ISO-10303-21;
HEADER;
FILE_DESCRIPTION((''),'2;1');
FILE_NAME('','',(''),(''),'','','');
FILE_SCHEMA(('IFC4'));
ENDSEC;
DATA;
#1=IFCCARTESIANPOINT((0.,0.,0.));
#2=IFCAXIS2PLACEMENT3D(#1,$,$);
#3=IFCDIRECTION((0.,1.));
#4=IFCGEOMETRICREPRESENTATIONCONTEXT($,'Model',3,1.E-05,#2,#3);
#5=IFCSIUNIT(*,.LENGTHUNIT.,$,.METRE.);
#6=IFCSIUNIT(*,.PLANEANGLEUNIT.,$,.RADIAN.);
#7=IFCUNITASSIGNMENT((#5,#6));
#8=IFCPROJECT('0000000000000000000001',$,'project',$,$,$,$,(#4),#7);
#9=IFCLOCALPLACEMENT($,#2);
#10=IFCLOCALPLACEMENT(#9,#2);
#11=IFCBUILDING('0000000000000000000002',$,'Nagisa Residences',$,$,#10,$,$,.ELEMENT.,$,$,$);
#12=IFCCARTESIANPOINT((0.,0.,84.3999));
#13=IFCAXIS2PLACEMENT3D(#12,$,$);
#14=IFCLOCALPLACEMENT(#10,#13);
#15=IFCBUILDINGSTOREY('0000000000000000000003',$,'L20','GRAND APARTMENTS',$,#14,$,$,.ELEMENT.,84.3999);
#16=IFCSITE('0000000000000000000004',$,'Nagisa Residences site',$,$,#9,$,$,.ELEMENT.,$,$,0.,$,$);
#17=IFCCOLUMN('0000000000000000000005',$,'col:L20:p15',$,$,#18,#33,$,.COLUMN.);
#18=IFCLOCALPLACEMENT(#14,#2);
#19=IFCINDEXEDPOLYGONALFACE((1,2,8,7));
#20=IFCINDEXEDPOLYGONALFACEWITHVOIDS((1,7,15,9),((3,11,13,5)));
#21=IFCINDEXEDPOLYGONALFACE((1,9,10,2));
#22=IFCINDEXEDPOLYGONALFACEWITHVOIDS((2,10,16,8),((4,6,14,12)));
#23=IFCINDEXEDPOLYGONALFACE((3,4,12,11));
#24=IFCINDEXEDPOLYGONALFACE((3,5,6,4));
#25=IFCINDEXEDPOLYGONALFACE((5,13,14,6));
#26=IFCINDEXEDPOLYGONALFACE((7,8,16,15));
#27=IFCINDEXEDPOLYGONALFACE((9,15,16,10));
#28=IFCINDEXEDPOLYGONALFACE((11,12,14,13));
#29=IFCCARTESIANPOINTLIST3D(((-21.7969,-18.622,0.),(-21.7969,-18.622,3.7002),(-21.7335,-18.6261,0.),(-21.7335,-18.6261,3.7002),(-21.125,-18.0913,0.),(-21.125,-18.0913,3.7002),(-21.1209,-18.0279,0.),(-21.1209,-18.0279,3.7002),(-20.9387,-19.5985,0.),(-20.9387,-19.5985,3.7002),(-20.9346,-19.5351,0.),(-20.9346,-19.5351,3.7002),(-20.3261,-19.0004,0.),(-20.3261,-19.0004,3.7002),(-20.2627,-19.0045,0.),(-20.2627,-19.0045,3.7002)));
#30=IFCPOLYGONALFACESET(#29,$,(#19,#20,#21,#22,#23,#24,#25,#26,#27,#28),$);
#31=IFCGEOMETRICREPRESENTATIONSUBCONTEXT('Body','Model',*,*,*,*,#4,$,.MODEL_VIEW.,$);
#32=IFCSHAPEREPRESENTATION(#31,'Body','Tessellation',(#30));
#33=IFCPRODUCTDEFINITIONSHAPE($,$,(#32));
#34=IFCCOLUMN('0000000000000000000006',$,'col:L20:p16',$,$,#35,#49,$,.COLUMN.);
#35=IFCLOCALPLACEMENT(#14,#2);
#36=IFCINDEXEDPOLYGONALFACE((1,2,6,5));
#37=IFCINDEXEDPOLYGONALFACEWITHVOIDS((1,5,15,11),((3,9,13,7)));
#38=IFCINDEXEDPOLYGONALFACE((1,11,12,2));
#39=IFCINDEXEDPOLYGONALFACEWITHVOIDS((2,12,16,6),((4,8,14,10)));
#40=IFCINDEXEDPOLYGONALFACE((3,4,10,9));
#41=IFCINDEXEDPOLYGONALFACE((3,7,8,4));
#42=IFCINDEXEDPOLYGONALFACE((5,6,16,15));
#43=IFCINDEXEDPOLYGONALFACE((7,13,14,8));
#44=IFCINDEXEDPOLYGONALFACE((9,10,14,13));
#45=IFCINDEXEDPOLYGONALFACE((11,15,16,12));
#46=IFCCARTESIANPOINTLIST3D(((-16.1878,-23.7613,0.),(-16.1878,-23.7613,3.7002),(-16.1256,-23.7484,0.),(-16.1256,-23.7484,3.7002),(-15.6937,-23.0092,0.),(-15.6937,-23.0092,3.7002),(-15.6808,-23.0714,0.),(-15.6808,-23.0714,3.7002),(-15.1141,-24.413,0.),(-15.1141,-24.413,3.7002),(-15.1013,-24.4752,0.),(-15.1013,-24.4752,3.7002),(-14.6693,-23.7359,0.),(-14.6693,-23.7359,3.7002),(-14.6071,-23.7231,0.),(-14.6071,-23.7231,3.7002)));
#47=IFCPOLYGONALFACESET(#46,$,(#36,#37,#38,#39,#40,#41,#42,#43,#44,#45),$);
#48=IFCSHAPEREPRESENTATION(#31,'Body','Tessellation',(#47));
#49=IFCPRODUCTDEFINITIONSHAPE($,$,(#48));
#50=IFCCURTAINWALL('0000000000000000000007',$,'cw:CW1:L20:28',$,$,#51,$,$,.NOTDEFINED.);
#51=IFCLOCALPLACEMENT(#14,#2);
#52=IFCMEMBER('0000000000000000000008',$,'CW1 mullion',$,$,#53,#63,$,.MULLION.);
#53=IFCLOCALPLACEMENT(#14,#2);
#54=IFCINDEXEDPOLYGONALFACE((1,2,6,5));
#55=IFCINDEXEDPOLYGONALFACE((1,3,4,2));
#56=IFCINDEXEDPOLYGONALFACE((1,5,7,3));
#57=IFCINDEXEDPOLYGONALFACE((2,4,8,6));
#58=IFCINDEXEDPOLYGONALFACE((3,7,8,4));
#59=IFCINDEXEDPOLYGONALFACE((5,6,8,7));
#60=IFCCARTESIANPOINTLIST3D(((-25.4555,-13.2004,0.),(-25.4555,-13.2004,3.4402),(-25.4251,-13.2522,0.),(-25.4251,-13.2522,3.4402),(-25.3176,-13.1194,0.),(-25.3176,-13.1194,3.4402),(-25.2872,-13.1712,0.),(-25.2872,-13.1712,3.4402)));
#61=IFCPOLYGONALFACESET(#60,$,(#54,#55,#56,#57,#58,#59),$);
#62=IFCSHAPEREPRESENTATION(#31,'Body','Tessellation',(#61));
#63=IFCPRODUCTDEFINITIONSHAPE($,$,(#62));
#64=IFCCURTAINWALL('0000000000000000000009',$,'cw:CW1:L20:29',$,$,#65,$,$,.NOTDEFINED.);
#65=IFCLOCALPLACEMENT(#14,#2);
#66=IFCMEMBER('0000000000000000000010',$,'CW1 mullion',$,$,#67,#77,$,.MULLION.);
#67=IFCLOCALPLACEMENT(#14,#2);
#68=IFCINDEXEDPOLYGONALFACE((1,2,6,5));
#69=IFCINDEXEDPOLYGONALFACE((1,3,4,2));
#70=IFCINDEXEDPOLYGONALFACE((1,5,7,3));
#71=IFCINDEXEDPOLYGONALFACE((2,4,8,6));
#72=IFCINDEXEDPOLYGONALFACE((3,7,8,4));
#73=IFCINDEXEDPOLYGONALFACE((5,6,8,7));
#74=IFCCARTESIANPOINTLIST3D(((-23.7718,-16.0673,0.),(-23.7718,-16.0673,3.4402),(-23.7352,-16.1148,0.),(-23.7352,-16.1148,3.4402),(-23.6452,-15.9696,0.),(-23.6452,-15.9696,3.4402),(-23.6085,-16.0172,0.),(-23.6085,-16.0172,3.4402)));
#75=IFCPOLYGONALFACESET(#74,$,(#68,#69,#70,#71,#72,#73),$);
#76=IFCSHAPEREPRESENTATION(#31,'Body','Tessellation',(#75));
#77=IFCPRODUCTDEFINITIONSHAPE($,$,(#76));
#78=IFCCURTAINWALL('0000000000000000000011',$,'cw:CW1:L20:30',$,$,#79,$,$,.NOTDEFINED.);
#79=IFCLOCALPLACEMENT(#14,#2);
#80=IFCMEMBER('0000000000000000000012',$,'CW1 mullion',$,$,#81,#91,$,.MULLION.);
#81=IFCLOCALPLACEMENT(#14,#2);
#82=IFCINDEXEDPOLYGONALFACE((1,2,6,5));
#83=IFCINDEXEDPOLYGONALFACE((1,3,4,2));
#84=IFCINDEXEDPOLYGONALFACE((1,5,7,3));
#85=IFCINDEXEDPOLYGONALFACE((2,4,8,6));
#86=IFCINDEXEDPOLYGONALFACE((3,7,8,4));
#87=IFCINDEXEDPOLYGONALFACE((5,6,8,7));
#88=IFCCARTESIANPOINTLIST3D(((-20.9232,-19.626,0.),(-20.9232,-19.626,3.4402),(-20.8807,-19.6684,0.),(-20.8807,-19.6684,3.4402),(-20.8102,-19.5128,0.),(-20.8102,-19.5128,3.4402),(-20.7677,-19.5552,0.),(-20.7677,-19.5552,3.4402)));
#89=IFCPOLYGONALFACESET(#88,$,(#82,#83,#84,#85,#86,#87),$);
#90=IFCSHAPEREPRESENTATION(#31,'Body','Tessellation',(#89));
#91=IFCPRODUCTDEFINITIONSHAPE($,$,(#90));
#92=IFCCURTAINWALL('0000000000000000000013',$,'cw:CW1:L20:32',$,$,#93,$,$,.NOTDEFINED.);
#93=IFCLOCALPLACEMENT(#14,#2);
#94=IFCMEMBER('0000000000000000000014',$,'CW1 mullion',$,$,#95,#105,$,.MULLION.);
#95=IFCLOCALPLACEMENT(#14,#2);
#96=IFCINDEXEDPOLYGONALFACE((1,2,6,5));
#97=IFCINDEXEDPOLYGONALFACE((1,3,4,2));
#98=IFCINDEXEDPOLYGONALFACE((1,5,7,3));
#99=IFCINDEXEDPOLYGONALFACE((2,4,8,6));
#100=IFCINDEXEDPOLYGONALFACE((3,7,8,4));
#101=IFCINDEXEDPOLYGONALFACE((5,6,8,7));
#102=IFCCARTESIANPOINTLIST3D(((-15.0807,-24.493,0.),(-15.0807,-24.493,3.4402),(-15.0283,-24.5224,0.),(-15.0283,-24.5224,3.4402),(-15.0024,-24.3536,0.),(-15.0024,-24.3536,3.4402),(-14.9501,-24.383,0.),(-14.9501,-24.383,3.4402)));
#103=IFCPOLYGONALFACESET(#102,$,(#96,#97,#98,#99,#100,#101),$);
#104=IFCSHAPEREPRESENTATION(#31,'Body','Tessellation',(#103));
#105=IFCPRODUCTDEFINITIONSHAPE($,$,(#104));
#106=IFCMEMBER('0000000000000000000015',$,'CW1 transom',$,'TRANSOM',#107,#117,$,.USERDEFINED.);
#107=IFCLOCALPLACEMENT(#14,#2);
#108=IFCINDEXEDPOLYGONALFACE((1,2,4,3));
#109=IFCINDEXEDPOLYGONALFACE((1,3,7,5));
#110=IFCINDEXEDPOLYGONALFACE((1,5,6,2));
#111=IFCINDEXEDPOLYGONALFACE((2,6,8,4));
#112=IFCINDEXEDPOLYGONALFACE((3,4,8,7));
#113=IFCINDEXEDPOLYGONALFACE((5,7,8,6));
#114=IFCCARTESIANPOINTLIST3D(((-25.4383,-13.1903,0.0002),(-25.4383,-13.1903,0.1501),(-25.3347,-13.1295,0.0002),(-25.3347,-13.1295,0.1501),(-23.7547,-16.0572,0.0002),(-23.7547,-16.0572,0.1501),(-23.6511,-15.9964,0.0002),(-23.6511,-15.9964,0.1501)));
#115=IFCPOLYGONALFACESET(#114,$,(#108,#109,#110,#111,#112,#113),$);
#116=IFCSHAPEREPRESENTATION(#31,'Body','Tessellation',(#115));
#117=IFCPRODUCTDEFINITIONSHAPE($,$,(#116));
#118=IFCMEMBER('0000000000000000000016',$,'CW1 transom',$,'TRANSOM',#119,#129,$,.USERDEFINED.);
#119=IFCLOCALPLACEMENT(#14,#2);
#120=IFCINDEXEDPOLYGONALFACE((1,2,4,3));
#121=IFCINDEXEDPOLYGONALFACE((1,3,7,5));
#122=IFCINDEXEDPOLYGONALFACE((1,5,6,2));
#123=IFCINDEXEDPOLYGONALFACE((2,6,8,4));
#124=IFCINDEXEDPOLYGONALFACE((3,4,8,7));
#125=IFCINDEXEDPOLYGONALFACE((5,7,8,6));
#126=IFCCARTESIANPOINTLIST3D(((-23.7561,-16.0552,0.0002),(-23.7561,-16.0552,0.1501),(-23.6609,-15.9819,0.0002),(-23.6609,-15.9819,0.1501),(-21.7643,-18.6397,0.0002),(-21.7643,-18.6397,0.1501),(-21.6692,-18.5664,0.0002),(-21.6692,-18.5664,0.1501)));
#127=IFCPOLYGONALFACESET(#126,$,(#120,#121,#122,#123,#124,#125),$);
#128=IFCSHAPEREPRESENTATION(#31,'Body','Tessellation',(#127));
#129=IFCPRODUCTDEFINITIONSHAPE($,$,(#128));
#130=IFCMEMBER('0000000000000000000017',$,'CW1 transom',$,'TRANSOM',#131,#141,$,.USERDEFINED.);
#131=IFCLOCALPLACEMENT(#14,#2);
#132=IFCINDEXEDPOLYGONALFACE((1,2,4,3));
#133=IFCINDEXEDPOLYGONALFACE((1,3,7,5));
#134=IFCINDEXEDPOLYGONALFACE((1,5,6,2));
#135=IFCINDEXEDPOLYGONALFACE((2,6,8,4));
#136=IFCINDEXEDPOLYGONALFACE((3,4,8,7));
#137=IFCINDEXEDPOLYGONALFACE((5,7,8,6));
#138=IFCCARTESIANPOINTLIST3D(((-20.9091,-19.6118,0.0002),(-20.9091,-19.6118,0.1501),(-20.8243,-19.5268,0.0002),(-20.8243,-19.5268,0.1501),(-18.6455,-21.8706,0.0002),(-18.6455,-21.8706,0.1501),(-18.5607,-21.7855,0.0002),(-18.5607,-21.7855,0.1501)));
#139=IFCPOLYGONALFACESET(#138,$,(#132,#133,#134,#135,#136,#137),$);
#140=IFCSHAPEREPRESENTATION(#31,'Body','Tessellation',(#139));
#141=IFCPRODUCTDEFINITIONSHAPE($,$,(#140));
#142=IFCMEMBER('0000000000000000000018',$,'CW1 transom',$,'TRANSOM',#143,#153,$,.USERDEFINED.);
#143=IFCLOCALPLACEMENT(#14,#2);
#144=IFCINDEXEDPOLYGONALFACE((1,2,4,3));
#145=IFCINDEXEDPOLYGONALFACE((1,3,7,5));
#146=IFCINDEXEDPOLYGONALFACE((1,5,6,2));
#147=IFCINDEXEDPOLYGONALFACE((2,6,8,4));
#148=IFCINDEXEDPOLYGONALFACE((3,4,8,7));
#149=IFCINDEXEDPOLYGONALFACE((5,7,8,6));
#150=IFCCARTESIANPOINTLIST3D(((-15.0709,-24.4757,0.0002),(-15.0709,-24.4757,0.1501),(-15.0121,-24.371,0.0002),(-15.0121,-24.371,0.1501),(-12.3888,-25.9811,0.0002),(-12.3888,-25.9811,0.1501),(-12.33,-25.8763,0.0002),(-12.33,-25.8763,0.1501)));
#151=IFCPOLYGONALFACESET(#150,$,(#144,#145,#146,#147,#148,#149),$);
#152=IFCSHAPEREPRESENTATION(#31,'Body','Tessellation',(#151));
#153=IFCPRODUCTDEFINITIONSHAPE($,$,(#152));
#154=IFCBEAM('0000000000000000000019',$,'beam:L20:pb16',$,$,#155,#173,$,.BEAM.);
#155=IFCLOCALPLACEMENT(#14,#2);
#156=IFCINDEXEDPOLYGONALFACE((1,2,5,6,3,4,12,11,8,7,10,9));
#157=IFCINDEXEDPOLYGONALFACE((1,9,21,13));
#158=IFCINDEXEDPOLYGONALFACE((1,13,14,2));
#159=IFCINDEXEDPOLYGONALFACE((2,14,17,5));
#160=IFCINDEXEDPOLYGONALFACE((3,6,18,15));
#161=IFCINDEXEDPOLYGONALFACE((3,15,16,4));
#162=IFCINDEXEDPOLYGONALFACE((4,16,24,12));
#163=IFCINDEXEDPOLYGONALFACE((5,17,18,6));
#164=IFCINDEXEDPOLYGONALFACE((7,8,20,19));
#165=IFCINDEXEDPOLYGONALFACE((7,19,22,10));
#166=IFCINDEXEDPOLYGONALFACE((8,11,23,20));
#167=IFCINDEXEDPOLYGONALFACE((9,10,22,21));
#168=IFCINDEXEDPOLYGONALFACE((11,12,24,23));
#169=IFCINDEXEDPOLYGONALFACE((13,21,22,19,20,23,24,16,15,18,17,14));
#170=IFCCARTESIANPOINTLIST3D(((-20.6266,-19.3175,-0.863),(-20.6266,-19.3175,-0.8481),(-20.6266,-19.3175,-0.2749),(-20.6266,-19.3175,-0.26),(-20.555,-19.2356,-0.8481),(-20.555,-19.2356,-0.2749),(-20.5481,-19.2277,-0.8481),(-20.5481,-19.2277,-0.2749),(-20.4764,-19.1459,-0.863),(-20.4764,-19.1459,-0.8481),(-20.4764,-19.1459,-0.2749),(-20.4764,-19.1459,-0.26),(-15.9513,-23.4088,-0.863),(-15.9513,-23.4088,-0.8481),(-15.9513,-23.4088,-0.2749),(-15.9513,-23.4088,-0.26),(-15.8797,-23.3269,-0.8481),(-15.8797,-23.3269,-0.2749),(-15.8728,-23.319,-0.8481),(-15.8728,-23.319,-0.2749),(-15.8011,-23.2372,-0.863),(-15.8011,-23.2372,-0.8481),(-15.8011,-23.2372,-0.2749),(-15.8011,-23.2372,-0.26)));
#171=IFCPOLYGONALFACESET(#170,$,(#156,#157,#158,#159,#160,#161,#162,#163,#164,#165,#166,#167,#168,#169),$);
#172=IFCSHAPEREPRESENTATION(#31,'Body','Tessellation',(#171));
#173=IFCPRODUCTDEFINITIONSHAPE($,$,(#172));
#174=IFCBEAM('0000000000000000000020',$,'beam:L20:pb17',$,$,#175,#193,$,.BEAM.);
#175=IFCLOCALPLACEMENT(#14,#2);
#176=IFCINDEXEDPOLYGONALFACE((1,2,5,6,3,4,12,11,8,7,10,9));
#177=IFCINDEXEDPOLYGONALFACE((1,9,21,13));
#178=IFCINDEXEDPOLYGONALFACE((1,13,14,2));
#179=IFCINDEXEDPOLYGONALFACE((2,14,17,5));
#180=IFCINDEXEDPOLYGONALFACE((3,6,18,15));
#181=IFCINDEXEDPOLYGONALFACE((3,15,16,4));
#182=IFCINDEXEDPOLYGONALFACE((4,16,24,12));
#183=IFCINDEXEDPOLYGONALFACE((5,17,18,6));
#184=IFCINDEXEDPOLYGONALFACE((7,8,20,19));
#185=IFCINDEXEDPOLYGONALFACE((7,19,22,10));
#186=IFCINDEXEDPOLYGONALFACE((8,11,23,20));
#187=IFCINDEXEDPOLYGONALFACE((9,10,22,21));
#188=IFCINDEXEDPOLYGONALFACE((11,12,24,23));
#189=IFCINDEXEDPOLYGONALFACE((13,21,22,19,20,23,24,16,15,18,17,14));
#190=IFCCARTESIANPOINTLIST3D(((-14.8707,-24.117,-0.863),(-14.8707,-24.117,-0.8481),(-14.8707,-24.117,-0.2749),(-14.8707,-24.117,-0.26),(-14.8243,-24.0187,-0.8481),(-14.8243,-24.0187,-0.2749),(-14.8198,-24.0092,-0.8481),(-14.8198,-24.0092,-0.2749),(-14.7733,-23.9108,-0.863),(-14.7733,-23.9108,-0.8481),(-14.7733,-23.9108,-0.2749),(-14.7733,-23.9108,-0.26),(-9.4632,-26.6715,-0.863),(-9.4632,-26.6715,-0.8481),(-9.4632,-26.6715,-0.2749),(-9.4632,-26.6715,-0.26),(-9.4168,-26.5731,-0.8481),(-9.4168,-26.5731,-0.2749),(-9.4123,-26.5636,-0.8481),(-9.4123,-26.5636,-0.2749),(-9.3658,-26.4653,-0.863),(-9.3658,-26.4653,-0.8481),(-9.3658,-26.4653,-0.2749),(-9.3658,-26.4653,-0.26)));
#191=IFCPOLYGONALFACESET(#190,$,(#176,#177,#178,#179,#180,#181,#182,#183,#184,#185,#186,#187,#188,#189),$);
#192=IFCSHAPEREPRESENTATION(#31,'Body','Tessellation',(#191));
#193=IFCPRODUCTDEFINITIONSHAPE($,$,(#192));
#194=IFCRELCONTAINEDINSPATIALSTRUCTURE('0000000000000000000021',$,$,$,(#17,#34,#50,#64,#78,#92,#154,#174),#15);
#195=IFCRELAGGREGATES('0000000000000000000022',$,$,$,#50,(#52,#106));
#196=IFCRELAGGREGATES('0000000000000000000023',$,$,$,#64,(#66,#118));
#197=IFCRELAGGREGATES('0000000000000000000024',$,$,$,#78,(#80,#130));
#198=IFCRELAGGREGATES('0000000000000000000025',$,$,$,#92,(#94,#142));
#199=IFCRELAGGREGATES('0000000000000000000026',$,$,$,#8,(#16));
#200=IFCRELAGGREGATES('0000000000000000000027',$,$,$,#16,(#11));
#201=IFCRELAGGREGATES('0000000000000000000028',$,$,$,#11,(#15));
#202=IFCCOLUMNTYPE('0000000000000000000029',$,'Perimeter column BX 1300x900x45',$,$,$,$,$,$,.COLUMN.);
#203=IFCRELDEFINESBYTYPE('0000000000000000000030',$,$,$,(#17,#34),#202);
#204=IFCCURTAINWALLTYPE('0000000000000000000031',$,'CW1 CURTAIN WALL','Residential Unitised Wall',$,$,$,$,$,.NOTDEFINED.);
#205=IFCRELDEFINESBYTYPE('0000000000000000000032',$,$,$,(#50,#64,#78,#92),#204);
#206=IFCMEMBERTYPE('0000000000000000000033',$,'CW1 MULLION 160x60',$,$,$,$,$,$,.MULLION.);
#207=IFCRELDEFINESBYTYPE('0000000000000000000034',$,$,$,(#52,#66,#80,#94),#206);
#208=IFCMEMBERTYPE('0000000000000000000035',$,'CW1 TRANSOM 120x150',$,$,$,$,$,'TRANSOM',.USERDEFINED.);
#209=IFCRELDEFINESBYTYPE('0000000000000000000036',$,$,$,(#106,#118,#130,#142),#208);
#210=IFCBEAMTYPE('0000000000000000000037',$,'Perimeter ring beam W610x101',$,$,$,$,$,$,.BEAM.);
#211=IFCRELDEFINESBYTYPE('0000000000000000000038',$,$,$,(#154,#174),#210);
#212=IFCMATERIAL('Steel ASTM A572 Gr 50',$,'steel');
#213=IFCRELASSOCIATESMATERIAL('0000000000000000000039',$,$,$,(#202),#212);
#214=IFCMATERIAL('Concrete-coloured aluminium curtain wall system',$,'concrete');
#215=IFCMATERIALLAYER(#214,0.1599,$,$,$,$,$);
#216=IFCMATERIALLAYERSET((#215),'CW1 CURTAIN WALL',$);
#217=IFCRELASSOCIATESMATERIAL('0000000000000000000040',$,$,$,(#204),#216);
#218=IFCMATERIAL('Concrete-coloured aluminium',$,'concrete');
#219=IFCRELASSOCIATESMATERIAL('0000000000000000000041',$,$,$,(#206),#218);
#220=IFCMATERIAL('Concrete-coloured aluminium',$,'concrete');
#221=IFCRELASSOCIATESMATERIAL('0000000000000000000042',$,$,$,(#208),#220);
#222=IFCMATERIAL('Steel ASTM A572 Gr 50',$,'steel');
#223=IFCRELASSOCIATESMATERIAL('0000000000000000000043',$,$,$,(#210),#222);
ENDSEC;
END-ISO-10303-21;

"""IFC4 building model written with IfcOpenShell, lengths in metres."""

from ifc_helpers import new_model, si_unit, direction, frame, origin, origin_2d, place, context, subcontext, project, spatial, rectangle, hollow_rectangle, i_section, extrude, material, layer, layer_set, material_profile, profile_set, type_object, element, aggregate, save


model = new_model("IFC4")

# Units and contexts
model_context = context("Model", 3, precision=1e-05, world=origin(), true_north=direction((0.0, 1.0)))
body_context = subcontext(model_context, "Body", "Model", "MODEL_VIEW")
ifc_project = project(units=[si_unit("LENGTHUNIT", "METRE"), si_unit("PLANEANGLEUNIT", "RADIAN")], contexts=[model_context])

# Site, building, storey
site_placement = place(None, origin())
site = spatial("IfcSite", under=ifc_project, at=site_placement, Name="Nagisa Residences site", CompositionType="ELEMENT", RefElevation=0.0)
building_placement = place(site_placement, origin())
building = spatial("IfcBuilding", under=site, at=building_placement, Name="Nagisa Residences", CompositionType="ELEMENT")
storey_placement = place(building_placement, frame((0.0, 0.0, 84.3999)))
storey = spatial("IfcBuildingStorey", under=building, at=storey_placement, Name="L20", Description="GRAND APARTMENTS", CompositionType="ELEMENT", Elevation=84.3999)

# Columns
ifc_material_1 = material(Name="Steel ASTM A572 Gr 50", Category="steel")
ifc_material_profile_1 = material_profile(ifc_material_1, hollow_rectangle(XDim=1.3, YDim=0.8999, WallThickness=0.0449, at=origin_2d()), Name="BX 1300x900x45")
ifc_profile_set_1 = profile_set([ifc_material_profile_1], Name="Steel ASTM A572 Gr 50")
column_type = type_object("IfcColumnType", Name="Perimeter column BX 1300x900x45", PredefinedType="COLUMN", material=ifc_profile_set_1)
for number, where, z_axis, x_axis, name in (
    (1, (-21.0298, -18.8132, 0.0), (0.0, 0.0, 1.0), (0.660115, -0.751165, 0.0), "col:L20:p15"),
    (2, (-15.3975, -23.7422, 0.0), (0.0, 0.0, 1.0), (0.835766, -0.549086, 0.0), "col:L20:p16"),
):
    element("IfcColumn", number, at=place(storey_placement, frame(where, z_axis=z_axis, x_axis=x_axis)), inside=storey, type_object=column_type, Name=name, PredefinedType="COLUMN", context=body_context, shape_type="SweptSolid", body=[
        extrude(hollow_rectangle(XDim=1.3, YDim=0.8999, WallThickness=0.0449, at=origin_2d()), origin(), (0.0, 0.0, 1.0), 3.7002),
    ])

# Curtain walls, members
ifc_material_2 = material(Name="Concrete-coloured aluminium curtain wall system", Category="concrete")
ifc_layer_1 = layer(ifc_material_2, 0.1599)
ifc_layer_set_1 = layer_set([ifc_layer_1], Name="CW1 CURTAIN WALL")
curtain_wall_type = type_object("IfcCurtainWallType", Name="CW1 CURTAIN WALL", Description="Residential Unitised Wall", PredefinedType="NOTDEFINED", material=ifc_layer_set_1)
curtain_wall_1_placement = place(storey_placement, origin())
curtain_wall_1 = element("IfcCurtainWall", 3, at=curtain_wall_1_placement, inside=storey, type_object=curtain_wall_type, Name="cw:CW1:L20:28", PredefinedType="NOTDEFINED")
ifc_material_3 = material(Name="Concrete-coloured aluminium", Category="concrete")
ifc_material_profile_2 = material_profile(ifc_material_3, rectangle(XDim=0.1599, YDim=0.0601, at=origin_2d()), Name="CW1 MULLION 160x60")
ifc_profile_set_2 = profile_set([ifc_material_profile_2], Name="Concrete-coloured aluminium")
member_type_1 = type_object("IfcMemberType", Name="CW1 MULLION 160x60", PredefinedType="MULLION", material=ifc_profile_set_2)
member_1_placement = place(storey_placement, frame((-25.3713, -13.1858, 0.0), z_axis=(0.0, 0.0, 1.0), x_axis=(0.862329, 0.506349, 0.0)))
member_1 = element("IfcMember", 4, at=member_1_placement, type_object=member_type_1, Name="CW1 mullion", PredefinedType="MULLION", context=body_context, shape_type="SweptSolid", body=[
    extrude(rectangle(XDim=0.1599, YDim=0.0601, at=origin_2d()), origin(), (0.0, 0.0, 1.0), 3.4402),
])
curtain_wall_2_placement = place(storey_placement, origin())
curtain_wall_2 = element("IfcCurtainWall", 5, at=curtain_wall_2_placement, inside=storey, type_object=curtain_wall_type, Name="cw:CW1:L20:29", PredefinedType="NOTDEFINED")
member_2_placement = place(storey_placement, frame((-23.6902, -16.0422, 0.0), z_axis=(0.0, 0.0, 1.0), x_axis=(0.79207, 0.61043, 0.0)))
member_2 = element("IfcMember", 6, at=member_2_placement, type_object=member_type_1, Name="CW1 mullion", PredefinedType="MULLION", context=body_context, shape_type="SweptSolid", body=[
    extrude(rectangle(XDim=0.1599, YDim=0.0601, at=origin_2d()), origin(), (0.0, 0.0, 1.0), 3.4402),
])
curtain_wall_3_placement = place(storey_placement, origin())
curtain_wall_3 = element("IfcCurtainWall", 7, at=curtain_wall_3_placement, inside=storey, type_object=curtain_wall_type, Name="cw:CW1:L20:30", PredefinedType="NOTDEFINED")
member_3_placement = place(storey_placement, frame((-20.8455, -19.5906, 0.0), z_axis=(0.0, 0.0, 1.0), x_axis=(0.706377, 0.707836, 0.0)))
member_3 = element("IfcMember", 8, at=member_3_placement, type_object=member_type_1, Name="CW1 mullion", PredefinedType="MULLION", context=body_context, shape_type="SweptSolid", body=[
    extrude(rectangle(XDim=0.1599, YDim=0.0601, at=origin_2d()), origin(), (0.0, 0.0, 1.0), 3.4402),
])
curtain_wall_4_placement = place(storey_placement, origin())
curtain_wall_4 = element("IfcCurtainWall", 9, at=curtain_wall_4_placement, inside=storey, type_object=curtain_wall_type, Name="cw:CW1:L20:32", PredefinedType="NOTDEFINED")
member_4_placement = place(storey_placement, frame((-15.0154, -24.438, 0.0), z_axis=(0.0, 0.0, 1.0), x_axis=(0.489377, 0.872072, 0.0)))
member_4 = element("IfcMember", 10, at=member_4_placement, type_object=member_type_1, Name="CW1 mullion", PredefinedType="MULLION", context=body_context, shape_type="SweptSolid", body=[
    extrude(rectangle(XDim=0.1599, YDim=0.0601, at=origin_2d()), origin(), (0.0, 0.0, 1.0), 3.4402),
])

# Members
ifc_material_4 = material(Name="Concrete-coloured aluminium", Category="concrete")
ifc_material_profile_3 = material_profile(ifc_material_4, rectangle(XDim=0.1201, YDim=0.1499, at=origin_2d()), Name="CW1 TRANSOM 120x150")
ifc_profile_set_3 = profile_set([ifc_material_profile_3], Name="Concrete-coloured aluminium")
member_type_2 = type_object("IfcMemberType", Name="CW1 TRANSOM 120x150", ElementType="TRANSOM", PredefinedType="USERDEFINED", material=ifc_profile_set_3)
member_5_placement = place(storey_placement, frame((-25.3865, -13.1599, 0.0752), z_axis=(0.506385, -0.862308, 0.0), x_axis=(0.862308, 0.506385, 0.0)))
member_5 = element("IfcMember", 11, at=member_5_placement, type_object=member_type_2, Name="CW1 transom", ObjectType="TRANSOM", PredefinedType="USERDEFINED", context=body_context, shape_type="SweptSolid", body=[
    extrude(rectangle(XDim=0.1201, YDim=0.1499, at=origin_2d()), origin(), (0.0, 0.0, 1.0), 3.3247),
])
member_6_placement = place(storey_placement, frame((-23.7085, -16.0186, 0.0752), z_axis=(0.610412, -0.792084, 0.0), x_axis=(0.792084, 0.610412, 0.0)))
member_6 = element("IfcMember", 12, at=member_6_placement, type_object=member_type_2, Name="CW1 transom", ObjectType="TRANSOM", PredefinedType="USERDEFINED", context=body_context, shape_type="SweptSolid", body=[
    extrude(rectangle(XDim=0.1201, YDim=0.1499, at=origin_2d()), origin(), (0.0, 0.0, 1.0), 3.2629),
])
member_7_placement = place(storey_placement, frame((-20.8667, -19.5693, 0.0752), z_axis=(0.70787, -0.706343, 0.0), x_axis=(0.706343, 0.70787, 0.0)))
member_7 = element("IfcMember", 13, at=member_7_placement, type_object=member_type_2, Name="CW1 transom", ObjectType="TRANSOM", PredefinedType="USERDEFINED", context=body_context, shape_type="SweptSolid", body=[
    extrude(rectangle(XDim=0.1201, YDim=0.1499, at=origin_2d()), origin(), (0.0, 0.0, 1.0), 3.1978),
])
member_8_placement = place(storey_placement, frame((-15.0415, -24.4233, 0.0752), z_axis=(0.872037, -0.489439, 0.0), x_axis=(0.489439, 0.872037, 0.0)))
member_8 = element("IfcMember", 14, at=member_8_placement, type_object=member_type_2, Name="CW1 transom", ObjectType="TRANSOM", PredefinedType="USERDEFINED", context=body_context, shape_type="SweptSolid", body=[
    extrude(rectangle(XDim=0.1201, YDim=0.1499, at=origin_2d()), origin(), (0.0, 0.0, 1.0), 3.0757),
])

# Beams
ifc_material_5 = material(Name="Steel ASTM A572 Gr 50", Category="steel")
ifc_material_profile_4 = material_profile(ifc_material_5, i_section(OverallWidth=0.228, OverallDepth=0.603, WebThickness=0.0105, FlangeThickness=0.0149, at=origin_2d()), Name="W610x101")
ifc_profile_set_4 = profile_set([ifc_material_profile_4], Name="Steel ASTM A572 Gr 50")
beam_type_1 = type_object("IfcBeamType", Name="Perimeter ring beam W610x101", PredefinedType="BEAM", material=ifc_profile_set_4)
beam_1_placement = place(storey_placement, frame((-20.5515, -19.2317, -0.5615), z_axis=(0.752543, -0.658544, 0.0), x_axis=(0.658544, 0.752543, 0.0)))
element("IfcBeam", 15, at=beam_1_placement, inside=storey, type_object=beam_type_1, Name="beam:L20:pb16", PredefinedType="BEAM", context=body_context, shape_type="SweptSolid", body=[
    extrude(i_section(OverallWidth=0.228, OverallDepth=0.603, WebThickness=0.0105, FlangeThickness=0.0149, at=origin_2d()), origin(), (0.0, 0.0, 1.0), 6.2126),
])
beam_2_placement = place(storey_placement, frame((-14.822, -24.0139, -0.5615), z_axis=(0.90419, -0.427131, 0.0), x_axis=(0.427131, 0.90419, 0.0)))
element("IfcBeam", 16, at=beam_2_placement, inside=storey, type_object=beam_type_1, Name="beam:L20:pb17", PredefinedType="BEAM", context=body_context, shape_type="SweptSolid", body=[
    extrude(i_section(OverallWidth=0.228, OverallDepth=0.603, WebThickness=0.0105, FlangeThickness=0.0149, at=origin_2d()), origin(), (0.0, 0.0, 1.0), 5.9805),
])

aggregate(curtain_wall_1, [member_1, member_5])
aggregate(curtain_wall_2, [member_2, member_6])
aggregate(curtain_wall_3, [member_3, member_7])
aggregate(curtain_wall_4, [member_4, member_8])

save(model, "model.ifc")
